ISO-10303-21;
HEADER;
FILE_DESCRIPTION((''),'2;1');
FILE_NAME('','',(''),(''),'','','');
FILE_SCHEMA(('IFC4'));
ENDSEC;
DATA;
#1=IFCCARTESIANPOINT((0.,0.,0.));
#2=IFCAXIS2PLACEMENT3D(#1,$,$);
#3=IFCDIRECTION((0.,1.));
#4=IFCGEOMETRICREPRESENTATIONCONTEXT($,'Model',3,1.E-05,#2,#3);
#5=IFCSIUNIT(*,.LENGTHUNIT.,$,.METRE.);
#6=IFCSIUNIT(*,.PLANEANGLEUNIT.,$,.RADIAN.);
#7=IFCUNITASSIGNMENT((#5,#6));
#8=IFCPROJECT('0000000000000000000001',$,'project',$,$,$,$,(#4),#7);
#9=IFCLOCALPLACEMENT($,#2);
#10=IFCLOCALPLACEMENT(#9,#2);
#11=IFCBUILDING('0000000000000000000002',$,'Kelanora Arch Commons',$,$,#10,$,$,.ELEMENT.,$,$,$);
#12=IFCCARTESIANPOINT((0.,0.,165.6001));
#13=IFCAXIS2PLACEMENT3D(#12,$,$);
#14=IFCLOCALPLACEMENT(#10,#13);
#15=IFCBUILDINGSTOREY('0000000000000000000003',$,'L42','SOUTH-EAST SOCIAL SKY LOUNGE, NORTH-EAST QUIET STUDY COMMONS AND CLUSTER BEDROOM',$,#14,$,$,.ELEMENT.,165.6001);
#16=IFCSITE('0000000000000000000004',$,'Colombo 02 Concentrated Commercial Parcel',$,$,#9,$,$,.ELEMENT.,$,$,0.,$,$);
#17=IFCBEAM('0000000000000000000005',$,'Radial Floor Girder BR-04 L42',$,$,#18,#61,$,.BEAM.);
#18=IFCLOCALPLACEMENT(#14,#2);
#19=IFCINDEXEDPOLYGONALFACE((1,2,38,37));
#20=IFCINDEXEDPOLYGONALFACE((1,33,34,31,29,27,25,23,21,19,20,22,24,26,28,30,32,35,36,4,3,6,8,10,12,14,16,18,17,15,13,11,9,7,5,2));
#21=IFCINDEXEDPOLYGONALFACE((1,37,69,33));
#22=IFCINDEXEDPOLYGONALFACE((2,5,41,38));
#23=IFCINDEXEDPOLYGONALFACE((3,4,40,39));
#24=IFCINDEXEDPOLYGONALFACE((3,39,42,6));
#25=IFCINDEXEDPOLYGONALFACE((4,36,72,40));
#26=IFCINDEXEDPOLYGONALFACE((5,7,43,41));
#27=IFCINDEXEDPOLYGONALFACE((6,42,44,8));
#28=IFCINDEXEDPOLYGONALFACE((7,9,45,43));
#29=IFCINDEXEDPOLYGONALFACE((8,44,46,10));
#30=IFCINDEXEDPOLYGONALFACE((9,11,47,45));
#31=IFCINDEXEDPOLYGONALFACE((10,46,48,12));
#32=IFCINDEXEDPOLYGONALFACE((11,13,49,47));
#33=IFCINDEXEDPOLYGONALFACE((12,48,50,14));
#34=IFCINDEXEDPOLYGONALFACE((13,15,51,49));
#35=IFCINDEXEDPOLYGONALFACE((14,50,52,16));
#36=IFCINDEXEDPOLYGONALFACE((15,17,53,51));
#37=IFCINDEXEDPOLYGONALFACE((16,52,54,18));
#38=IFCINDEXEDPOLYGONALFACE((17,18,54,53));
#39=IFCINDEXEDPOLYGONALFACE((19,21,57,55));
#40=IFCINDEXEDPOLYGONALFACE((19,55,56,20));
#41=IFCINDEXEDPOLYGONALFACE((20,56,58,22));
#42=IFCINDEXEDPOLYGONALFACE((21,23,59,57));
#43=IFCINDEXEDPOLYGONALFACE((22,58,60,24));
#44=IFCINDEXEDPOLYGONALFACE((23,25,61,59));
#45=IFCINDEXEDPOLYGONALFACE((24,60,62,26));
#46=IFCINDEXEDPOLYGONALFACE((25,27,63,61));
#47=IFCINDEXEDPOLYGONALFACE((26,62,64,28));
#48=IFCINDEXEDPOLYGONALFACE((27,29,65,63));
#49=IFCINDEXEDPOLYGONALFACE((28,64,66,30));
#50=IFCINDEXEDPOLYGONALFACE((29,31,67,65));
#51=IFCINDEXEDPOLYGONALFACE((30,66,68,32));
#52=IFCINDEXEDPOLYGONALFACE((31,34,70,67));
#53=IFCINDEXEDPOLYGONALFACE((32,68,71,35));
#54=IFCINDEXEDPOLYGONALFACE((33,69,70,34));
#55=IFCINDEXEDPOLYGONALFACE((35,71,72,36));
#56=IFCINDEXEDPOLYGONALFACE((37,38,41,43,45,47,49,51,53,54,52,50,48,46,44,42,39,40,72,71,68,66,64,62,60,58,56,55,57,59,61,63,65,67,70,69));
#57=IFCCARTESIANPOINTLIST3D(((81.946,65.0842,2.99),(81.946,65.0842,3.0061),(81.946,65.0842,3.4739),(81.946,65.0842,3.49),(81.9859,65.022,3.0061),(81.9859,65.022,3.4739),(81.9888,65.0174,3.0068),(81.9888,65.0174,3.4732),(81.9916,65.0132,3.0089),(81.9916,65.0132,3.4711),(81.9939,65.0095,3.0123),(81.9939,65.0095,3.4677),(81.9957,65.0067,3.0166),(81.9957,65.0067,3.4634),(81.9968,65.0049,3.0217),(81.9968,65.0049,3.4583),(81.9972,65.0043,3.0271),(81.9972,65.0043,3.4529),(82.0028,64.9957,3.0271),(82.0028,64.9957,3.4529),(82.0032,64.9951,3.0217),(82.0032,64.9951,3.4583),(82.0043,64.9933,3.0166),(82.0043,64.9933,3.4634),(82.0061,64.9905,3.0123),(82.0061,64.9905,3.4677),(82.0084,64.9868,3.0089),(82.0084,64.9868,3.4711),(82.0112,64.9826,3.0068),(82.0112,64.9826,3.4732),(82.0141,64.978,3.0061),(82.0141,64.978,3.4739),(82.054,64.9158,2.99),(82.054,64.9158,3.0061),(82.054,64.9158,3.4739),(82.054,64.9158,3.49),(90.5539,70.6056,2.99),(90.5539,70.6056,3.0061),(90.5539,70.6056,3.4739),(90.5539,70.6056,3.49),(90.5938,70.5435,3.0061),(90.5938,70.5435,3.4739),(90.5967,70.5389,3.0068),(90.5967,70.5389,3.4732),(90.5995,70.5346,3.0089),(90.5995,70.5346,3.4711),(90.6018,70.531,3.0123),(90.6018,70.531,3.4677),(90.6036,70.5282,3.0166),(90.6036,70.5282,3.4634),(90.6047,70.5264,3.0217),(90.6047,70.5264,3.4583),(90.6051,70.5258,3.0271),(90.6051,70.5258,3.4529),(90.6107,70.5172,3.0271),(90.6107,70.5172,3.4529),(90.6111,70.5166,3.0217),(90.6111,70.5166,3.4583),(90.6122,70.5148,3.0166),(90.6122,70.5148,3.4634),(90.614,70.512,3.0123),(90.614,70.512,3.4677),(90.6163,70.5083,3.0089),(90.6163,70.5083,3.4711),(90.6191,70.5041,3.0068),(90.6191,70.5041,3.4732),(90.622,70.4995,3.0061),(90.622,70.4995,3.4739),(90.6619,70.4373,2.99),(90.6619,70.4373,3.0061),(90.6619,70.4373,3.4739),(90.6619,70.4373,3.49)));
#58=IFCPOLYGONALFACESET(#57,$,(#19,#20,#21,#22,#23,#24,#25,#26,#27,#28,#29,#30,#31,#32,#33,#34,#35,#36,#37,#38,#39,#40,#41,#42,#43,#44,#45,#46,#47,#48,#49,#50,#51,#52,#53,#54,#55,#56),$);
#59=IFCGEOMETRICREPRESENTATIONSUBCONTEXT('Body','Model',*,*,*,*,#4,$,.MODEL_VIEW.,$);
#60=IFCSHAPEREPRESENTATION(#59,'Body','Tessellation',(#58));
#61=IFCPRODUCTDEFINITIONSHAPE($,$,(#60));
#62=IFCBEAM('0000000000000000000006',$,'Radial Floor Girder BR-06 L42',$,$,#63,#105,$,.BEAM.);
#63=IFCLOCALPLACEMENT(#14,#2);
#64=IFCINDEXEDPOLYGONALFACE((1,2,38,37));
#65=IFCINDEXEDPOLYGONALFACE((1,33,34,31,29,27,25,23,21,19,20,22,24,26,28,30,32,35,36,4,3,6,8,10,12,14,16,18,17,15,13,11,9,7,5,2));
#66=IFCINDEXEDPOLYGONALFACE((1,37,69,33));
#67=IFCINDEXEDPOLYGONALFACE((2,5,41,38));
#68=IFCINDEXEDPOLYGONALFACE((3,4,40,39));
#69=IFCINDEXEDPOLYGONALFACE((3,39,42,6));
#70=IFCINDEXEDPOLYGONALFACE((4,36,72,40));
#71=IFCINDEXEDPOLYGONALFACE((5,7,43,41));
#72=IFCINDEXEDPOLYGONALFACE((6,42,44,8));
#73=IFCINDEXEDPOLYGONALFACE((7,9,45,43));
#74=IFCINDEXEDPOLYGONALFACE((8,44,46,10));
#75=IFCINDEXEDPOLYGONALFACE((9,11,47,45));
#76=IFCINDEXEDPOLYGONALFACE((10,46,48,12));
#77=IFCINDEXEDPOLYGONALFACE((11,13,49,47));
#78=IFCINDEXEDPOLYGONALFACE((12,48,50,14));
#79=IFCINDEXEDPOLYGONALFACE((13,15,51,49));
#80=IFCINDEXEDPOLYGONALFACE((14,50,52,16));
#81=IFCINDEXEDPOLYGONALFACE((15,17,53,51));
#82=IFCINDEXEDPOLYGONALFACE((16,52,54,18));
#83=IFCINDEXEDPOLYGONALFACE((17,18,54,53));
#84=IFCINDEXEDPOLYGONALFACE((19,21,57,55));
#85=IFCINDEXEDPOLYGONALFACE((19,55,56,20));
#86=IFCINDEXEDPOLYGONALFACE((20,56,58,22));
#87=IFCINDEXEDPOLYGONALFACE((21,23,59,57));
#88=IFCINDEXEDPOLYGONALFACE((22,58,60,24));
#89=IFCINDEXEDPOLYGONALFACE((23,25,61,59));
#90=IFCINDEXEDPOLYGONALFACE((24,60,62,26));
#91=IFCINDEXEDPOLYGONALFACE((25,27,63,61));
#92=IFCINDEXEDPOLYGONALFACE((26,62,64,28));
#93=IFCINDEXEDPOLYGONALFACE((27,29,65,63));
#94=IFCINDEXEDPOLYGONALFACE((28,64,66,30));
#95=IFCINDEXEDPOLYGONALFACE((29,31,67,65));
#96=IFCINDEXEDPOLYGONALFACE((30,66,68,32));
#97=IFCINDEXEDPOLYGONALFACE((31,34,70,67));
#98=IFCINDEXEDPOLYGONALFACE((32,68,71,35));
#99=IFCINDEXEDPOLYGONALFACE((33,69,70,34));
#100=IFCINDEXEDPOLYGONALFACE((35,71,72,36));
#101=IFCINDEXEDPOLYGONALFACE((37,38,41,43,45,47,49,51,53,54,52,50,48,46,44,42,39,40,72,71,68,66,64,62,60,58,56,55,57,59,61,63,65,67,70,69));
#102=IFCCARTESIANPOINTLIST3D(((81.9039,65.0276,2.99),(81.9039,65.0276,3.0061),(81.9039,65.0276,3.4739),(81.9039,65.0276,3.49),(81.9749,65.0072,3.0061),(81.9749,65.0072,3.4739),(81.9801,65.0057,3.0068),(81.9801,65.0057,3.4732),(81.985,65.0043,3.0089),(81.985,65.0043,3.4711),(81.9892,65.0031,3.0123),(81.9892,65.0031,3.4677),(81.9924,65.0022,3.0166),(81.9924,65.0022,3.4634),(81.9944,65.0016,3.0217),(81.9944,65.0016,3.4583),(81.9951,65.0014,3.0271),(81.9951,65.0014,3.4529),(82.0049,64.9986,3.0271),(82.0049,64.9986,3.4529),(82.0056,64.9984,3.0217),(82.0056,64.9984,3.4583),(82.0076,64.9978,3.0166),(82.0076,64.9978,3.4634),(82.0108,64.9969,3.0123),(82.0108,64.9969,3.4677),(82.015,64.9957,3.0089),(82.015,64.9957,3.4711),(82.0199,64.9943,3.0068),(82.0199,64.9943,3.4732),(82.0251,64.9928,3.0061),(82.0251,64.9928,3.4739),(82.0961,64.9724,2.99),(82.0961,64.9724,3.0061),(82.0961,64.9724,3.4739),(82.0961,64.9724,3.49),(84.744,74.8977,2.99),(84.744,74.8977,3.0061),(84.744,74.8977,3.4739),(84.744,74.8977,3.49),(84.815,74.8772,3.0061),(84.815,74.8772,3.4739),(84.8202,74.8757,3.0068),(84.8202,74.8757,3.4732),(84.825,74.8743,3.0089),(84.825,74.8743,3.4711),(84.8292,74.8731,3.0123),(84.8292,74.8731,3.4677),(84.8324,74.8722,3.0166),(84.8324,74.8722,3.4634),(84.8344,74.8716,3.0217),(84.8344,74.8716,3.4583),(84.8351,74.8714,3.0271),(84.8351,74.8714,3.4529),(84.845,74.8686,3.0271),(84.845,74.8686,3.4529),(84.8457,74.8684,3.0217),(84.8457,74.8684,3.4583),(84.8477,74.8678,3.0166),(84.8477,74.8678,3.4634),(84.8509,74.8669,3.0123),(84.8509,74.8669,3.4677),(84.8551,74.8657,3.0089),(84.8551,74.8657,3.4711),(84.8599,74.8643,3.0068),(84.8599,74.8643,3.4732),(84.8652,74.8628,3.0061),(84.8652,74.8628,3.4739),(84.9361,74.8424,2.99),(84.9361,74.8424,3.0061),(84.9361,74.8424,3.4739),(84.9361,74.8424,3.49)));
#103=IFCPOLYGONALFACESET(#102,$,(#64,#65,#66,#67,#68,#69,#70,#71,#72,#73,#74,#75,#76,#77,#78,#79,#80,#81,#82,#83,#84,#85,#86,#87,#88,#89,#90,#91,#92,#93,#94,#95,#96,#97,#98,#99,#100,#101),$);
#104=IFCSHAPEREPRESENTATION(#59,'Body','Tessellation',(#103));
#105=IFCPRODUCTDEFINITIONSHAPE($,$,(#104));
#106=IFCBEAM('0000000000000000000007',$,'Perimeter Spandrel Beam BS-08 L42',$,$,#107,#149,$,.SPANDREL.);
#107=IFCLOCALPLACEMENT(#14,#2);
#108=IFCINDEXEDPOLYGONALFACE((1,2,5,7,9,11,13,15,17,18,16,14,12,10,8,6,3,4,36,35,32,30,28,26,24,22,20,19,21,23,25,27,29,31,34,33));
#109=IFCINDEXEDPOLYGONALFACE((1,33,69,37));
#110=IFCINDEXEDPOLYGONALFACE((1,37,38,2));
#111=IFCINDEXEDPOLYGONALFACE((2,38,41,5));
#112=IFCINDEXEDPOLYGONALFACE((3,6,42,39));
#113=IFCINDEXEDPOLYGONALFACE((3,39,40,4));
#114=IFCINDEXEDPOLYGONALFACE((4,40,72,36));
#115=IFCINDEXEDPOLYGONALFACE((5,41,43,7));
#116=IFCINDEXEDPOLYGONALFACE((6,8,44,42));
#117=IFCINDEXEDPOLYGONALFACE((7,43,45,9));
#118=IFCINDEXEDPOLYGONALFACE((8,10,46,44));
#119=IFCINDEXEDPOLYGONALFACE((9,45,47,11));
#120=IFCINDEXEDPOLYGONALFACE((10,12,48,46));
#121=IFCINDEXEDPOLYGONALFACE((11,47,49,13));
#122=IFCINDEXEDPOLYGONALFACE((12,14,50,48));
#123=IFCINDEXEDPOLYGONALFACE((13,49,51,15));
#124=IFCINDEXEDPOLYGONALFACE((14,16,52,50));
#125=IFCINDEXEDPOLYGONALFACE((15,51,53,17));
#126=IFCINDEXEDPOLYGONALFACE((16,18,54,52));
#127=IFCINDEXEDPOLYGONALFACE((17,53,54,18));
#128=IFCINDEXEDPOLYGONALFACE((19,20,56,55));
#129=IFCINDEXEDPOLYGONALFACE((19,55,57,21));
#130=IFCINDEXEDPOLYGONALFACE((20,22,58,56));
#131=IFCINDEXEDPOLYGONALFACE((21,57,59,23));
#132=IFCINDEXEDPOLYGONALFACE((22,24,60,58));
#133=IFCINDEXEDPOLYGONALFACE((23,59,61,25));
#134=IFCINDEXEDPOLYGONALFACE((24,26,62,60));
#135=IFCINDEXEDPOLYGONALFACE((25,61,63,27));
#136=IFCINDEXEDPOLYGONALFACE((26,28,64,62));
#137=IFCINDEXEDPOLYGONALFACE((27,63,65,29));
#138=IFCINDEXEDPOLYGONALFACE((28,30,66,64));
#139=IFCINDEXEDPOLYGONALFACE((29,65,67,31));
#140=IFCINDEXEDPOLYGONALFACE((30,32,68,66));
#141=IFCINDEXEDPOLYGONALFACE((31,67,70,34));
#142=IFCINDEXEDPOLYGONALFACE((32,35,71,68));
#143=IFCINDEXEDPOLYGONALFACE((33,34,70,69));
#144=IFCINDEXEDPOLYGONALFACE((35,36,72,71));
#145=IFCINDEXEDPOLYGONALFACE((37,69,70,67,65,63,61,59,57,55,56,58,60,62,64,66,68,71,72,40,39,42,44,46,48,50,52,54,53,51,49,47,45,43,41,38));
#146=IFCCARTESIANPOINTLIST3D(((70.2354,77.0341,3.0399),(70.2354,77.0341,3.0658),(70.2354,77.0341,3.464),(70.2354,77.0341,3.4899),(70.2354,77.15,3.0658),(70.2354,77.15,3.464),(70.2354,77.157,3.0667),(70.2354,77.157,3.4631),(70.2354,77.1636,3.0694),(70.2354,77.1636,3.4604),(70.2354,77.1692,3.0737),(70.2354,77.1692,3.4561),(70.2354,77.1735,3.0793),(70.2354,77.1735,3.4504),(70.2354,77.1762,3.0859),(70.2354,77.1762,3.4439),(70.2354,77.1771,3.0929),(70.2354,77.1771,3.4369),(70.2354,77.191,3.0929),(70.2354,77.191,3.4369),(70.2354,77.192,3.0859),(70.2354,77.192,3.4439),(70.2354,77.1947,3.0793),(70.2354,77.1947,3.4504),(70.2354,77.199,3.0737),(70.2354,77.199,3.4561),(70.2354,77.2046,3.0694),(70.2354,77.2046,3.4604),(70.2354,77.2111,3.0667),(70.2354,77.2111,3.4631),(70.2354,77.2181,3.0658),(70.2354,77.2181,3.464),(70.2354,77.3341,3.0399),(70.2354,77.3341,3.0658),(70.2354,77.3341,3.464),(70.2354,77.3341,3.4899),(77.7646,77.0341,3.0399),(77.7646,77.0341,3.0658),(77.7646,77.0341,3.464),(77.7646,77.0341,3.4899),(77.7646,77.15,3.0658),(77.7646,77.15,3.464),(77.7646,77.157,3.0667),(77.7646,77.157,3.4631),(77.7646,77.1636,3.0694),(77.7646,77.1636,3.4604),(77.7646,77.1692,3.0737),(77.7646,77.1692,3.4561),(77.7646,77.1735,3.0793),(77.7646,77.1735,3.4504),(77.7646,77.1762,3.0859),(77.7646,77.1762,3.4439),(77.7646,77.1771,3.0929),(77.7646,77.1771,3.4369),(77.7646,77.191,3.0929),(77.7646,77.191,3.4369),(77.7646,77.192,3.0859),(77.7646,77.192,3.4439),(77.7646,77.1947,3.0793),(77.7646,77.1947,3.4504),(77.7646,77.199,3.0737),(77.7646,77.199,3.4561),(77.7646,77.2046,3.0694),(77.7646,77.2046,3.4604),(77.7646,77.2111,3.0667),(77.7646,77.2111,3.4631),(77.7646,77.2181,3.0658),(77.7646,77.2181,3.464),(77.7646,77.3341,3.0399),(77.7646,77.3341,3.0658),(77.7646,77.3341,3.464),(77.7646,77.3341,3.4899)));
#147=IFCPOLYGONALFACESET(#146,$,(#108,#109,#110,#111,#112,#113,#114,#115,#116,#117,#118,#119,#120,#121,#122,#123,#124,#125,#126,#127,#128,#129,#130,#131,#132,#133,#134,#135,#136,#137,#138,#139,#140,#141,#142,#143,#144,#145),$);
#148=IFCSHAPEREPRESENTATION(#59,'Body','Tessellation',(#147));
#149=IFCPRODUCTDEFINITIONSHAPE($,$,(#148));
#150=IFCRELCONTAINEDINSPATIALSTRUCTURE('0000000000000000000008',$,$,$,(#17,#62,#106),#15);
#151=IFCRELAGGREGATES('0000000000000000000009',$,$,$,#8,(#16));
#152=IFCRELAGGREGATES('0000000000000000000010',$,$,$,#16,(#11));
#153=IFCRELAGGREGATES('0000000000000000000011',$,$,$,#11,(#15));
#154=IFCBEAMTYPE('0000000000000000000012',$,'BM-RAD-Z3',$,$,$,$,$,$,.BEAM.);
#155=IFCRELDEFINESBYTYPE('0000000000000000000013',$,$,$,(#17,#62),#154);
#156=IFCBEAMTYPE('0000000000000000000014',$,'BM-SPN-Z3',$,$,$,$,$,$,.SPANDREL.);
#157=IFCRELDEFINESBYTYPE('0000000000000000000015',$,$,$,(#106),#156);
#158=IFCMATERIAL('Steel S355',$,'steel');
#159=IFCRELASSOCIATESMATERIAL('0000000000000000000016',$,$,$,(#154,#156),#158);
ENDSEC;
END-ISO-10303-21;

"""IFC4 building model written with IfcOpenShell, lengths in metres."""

from ifc_helpers import new_model, si_unit, direction, frame, origin, origin_2d, place, context, subcontext, project, spatial, i_section, extrude, material, material_profile, profile_set, type_object, element, save


model = new_model("IFC4")

# Units and contexts
model_context = context("Model", 3, precision=1e-05, world=origin(), true_north=direction((0.0, 1.0)))
body_context = subcontext(model_context, "Body", "Model", "MODEL_VIEW")
ifc_project = project(units=[si_unit("LENGTHUNIT", "METRE"), si_unit("PLANEANGLEUNIT", "RADIAN")], contexts=[model_context])

# Site, building, storey
site_placement = place(None, origin())
site = spatial("IfcSite", under=ifc_project, at=site_placement, Name="Colombo 02 Concentrated Commercial Parcel", CompositionType="ELEMENT", RefElevation=0.0)
building_placement = place(site_placement, origin())
building = spatial("IfcBuilding", under=site, at=building_placement, Name="Kelanora Arch Commons", CompositionType="ELEMENT")
storey_placement = place(building_placement, frame((0.0, 0.0, 165.6001)))
storey = spatial("IfcBuildingStorey", under=building, at=storey_placement, Name="L42", Description="SOUTH-EAST SOCIAL SKY LOUNGE, NORTH-EAST QUIET STUDY COMMONS AND CLUSTER BEDROOM", CompositionType="ELEMENT", Elevation=165.6001)

# Beams
ifc_material_1 = material(Name="Steel S355", Category="steel")
ifc_material_profile_1 = material_profile(ifc_material_1, i_section(OverallWidth=0.2, OverallDepth=0.5, WebThickness=0.0103, FlangeThickness=0.0161, FilletRadius=0.021, at=origin_2d()), Name="IPE500")
ifc_profile_set_1 = profile_set([ifc_material_profile_1], Name="Steel S355")
beam_type_1 = type_object("IfcBeamType", Name="BM-RAD-Z3", PredefinedType="BEAM", material=ifc_profile_set_1)
beam_1_placement = place(storey_placement, frame((82.0, 65.0, 3.24), z_axis=(0.841719, 0.539915, 0.0), x_axis=(-0.539915, 0.841719, 0.0)))
element("IfcBeam", 1, at=beam_1_placement, inside=storey, type_object=beam_type_1, Name="Radial Floor Girder BR-04 L42", PredefinedType="BEAM", context=body_context, shape_type="SweptSolid", body=[
    extrude(i_section(OverallWidth=0.2, OverallDepth=0.5, WebThickness=0.0103, FlangeThickness=0.0161, FilletRadius=0.021, at=origin_2d()), origin(), (0.0, 0.0, 1.0), 10.2266),
])
beam_2_placement = place(storey_placement, frame((82.0, 65.0, 3.24), z_axis=(0.276526, 0.961006, 0.0), x_axis=(-0.961006, 0.276526, 0.0)))
element("IfcBeam", 2, at=beam_2_placement, inside=storey, type_object=beam_type_1, Name="Radial Floor Girder BR-06 L42", PredefinedType="BEAM", context=body_context, shape_type="SweptSolid", body=[
    extrude(i_section(OverallWidth=0.2, OverallDepth=0.5, WebThickness=0.0103, FlangeThickness=0.0161, FilletRadius=0.021, at=origin_2d()), origin(), (0.0, 0.0, 1.0), 10.2705),
])
ifc_material_profile_2 = material_profile(ifc_material_1, i_section(OverallWidth=0.3, OverallDepth=0.45, WebThickness=0.0139, FlangeThickness=0.0259, FilletRadius=0.0271, at=origin_2d()), Name="HEB450")
ifc_profile_set_2 = profile_set([ifc_material_profile_2], Name="Steel S355")
beam_type_2 = type_object("IfcBeamType", Name="BM-SPN-Z3", PredefinedType="SPANDREL", material=ifc_profile_set_2)
beam_3_placement = place(storey_placement, frame((77.7646, 77.1841, 3.2649), z_axis=(-1.0, 0.0, 0.0), x_axis=(0.0, -1.0, 0.0)))
element("IfcBeam", 3, at=beam_3_placement, inside=storey, type_object=beam_type_2, Name="Perimeter Spandrel Beam BS-08 L42", PredefinedType="SPANDREL", context=body_context, shape_type="SweptSolid", body=[
    extrude(i_section(OverallWidth=0.3, OverallDepth=0.45, WebThickness=0.0139, FlangeThickness=0.0259, FilletRadius=0.0271, at=origin_2d()), origin(), (0.0, 0.0, 1.0), 7.5293),
])

save(model, "model.ifc")
